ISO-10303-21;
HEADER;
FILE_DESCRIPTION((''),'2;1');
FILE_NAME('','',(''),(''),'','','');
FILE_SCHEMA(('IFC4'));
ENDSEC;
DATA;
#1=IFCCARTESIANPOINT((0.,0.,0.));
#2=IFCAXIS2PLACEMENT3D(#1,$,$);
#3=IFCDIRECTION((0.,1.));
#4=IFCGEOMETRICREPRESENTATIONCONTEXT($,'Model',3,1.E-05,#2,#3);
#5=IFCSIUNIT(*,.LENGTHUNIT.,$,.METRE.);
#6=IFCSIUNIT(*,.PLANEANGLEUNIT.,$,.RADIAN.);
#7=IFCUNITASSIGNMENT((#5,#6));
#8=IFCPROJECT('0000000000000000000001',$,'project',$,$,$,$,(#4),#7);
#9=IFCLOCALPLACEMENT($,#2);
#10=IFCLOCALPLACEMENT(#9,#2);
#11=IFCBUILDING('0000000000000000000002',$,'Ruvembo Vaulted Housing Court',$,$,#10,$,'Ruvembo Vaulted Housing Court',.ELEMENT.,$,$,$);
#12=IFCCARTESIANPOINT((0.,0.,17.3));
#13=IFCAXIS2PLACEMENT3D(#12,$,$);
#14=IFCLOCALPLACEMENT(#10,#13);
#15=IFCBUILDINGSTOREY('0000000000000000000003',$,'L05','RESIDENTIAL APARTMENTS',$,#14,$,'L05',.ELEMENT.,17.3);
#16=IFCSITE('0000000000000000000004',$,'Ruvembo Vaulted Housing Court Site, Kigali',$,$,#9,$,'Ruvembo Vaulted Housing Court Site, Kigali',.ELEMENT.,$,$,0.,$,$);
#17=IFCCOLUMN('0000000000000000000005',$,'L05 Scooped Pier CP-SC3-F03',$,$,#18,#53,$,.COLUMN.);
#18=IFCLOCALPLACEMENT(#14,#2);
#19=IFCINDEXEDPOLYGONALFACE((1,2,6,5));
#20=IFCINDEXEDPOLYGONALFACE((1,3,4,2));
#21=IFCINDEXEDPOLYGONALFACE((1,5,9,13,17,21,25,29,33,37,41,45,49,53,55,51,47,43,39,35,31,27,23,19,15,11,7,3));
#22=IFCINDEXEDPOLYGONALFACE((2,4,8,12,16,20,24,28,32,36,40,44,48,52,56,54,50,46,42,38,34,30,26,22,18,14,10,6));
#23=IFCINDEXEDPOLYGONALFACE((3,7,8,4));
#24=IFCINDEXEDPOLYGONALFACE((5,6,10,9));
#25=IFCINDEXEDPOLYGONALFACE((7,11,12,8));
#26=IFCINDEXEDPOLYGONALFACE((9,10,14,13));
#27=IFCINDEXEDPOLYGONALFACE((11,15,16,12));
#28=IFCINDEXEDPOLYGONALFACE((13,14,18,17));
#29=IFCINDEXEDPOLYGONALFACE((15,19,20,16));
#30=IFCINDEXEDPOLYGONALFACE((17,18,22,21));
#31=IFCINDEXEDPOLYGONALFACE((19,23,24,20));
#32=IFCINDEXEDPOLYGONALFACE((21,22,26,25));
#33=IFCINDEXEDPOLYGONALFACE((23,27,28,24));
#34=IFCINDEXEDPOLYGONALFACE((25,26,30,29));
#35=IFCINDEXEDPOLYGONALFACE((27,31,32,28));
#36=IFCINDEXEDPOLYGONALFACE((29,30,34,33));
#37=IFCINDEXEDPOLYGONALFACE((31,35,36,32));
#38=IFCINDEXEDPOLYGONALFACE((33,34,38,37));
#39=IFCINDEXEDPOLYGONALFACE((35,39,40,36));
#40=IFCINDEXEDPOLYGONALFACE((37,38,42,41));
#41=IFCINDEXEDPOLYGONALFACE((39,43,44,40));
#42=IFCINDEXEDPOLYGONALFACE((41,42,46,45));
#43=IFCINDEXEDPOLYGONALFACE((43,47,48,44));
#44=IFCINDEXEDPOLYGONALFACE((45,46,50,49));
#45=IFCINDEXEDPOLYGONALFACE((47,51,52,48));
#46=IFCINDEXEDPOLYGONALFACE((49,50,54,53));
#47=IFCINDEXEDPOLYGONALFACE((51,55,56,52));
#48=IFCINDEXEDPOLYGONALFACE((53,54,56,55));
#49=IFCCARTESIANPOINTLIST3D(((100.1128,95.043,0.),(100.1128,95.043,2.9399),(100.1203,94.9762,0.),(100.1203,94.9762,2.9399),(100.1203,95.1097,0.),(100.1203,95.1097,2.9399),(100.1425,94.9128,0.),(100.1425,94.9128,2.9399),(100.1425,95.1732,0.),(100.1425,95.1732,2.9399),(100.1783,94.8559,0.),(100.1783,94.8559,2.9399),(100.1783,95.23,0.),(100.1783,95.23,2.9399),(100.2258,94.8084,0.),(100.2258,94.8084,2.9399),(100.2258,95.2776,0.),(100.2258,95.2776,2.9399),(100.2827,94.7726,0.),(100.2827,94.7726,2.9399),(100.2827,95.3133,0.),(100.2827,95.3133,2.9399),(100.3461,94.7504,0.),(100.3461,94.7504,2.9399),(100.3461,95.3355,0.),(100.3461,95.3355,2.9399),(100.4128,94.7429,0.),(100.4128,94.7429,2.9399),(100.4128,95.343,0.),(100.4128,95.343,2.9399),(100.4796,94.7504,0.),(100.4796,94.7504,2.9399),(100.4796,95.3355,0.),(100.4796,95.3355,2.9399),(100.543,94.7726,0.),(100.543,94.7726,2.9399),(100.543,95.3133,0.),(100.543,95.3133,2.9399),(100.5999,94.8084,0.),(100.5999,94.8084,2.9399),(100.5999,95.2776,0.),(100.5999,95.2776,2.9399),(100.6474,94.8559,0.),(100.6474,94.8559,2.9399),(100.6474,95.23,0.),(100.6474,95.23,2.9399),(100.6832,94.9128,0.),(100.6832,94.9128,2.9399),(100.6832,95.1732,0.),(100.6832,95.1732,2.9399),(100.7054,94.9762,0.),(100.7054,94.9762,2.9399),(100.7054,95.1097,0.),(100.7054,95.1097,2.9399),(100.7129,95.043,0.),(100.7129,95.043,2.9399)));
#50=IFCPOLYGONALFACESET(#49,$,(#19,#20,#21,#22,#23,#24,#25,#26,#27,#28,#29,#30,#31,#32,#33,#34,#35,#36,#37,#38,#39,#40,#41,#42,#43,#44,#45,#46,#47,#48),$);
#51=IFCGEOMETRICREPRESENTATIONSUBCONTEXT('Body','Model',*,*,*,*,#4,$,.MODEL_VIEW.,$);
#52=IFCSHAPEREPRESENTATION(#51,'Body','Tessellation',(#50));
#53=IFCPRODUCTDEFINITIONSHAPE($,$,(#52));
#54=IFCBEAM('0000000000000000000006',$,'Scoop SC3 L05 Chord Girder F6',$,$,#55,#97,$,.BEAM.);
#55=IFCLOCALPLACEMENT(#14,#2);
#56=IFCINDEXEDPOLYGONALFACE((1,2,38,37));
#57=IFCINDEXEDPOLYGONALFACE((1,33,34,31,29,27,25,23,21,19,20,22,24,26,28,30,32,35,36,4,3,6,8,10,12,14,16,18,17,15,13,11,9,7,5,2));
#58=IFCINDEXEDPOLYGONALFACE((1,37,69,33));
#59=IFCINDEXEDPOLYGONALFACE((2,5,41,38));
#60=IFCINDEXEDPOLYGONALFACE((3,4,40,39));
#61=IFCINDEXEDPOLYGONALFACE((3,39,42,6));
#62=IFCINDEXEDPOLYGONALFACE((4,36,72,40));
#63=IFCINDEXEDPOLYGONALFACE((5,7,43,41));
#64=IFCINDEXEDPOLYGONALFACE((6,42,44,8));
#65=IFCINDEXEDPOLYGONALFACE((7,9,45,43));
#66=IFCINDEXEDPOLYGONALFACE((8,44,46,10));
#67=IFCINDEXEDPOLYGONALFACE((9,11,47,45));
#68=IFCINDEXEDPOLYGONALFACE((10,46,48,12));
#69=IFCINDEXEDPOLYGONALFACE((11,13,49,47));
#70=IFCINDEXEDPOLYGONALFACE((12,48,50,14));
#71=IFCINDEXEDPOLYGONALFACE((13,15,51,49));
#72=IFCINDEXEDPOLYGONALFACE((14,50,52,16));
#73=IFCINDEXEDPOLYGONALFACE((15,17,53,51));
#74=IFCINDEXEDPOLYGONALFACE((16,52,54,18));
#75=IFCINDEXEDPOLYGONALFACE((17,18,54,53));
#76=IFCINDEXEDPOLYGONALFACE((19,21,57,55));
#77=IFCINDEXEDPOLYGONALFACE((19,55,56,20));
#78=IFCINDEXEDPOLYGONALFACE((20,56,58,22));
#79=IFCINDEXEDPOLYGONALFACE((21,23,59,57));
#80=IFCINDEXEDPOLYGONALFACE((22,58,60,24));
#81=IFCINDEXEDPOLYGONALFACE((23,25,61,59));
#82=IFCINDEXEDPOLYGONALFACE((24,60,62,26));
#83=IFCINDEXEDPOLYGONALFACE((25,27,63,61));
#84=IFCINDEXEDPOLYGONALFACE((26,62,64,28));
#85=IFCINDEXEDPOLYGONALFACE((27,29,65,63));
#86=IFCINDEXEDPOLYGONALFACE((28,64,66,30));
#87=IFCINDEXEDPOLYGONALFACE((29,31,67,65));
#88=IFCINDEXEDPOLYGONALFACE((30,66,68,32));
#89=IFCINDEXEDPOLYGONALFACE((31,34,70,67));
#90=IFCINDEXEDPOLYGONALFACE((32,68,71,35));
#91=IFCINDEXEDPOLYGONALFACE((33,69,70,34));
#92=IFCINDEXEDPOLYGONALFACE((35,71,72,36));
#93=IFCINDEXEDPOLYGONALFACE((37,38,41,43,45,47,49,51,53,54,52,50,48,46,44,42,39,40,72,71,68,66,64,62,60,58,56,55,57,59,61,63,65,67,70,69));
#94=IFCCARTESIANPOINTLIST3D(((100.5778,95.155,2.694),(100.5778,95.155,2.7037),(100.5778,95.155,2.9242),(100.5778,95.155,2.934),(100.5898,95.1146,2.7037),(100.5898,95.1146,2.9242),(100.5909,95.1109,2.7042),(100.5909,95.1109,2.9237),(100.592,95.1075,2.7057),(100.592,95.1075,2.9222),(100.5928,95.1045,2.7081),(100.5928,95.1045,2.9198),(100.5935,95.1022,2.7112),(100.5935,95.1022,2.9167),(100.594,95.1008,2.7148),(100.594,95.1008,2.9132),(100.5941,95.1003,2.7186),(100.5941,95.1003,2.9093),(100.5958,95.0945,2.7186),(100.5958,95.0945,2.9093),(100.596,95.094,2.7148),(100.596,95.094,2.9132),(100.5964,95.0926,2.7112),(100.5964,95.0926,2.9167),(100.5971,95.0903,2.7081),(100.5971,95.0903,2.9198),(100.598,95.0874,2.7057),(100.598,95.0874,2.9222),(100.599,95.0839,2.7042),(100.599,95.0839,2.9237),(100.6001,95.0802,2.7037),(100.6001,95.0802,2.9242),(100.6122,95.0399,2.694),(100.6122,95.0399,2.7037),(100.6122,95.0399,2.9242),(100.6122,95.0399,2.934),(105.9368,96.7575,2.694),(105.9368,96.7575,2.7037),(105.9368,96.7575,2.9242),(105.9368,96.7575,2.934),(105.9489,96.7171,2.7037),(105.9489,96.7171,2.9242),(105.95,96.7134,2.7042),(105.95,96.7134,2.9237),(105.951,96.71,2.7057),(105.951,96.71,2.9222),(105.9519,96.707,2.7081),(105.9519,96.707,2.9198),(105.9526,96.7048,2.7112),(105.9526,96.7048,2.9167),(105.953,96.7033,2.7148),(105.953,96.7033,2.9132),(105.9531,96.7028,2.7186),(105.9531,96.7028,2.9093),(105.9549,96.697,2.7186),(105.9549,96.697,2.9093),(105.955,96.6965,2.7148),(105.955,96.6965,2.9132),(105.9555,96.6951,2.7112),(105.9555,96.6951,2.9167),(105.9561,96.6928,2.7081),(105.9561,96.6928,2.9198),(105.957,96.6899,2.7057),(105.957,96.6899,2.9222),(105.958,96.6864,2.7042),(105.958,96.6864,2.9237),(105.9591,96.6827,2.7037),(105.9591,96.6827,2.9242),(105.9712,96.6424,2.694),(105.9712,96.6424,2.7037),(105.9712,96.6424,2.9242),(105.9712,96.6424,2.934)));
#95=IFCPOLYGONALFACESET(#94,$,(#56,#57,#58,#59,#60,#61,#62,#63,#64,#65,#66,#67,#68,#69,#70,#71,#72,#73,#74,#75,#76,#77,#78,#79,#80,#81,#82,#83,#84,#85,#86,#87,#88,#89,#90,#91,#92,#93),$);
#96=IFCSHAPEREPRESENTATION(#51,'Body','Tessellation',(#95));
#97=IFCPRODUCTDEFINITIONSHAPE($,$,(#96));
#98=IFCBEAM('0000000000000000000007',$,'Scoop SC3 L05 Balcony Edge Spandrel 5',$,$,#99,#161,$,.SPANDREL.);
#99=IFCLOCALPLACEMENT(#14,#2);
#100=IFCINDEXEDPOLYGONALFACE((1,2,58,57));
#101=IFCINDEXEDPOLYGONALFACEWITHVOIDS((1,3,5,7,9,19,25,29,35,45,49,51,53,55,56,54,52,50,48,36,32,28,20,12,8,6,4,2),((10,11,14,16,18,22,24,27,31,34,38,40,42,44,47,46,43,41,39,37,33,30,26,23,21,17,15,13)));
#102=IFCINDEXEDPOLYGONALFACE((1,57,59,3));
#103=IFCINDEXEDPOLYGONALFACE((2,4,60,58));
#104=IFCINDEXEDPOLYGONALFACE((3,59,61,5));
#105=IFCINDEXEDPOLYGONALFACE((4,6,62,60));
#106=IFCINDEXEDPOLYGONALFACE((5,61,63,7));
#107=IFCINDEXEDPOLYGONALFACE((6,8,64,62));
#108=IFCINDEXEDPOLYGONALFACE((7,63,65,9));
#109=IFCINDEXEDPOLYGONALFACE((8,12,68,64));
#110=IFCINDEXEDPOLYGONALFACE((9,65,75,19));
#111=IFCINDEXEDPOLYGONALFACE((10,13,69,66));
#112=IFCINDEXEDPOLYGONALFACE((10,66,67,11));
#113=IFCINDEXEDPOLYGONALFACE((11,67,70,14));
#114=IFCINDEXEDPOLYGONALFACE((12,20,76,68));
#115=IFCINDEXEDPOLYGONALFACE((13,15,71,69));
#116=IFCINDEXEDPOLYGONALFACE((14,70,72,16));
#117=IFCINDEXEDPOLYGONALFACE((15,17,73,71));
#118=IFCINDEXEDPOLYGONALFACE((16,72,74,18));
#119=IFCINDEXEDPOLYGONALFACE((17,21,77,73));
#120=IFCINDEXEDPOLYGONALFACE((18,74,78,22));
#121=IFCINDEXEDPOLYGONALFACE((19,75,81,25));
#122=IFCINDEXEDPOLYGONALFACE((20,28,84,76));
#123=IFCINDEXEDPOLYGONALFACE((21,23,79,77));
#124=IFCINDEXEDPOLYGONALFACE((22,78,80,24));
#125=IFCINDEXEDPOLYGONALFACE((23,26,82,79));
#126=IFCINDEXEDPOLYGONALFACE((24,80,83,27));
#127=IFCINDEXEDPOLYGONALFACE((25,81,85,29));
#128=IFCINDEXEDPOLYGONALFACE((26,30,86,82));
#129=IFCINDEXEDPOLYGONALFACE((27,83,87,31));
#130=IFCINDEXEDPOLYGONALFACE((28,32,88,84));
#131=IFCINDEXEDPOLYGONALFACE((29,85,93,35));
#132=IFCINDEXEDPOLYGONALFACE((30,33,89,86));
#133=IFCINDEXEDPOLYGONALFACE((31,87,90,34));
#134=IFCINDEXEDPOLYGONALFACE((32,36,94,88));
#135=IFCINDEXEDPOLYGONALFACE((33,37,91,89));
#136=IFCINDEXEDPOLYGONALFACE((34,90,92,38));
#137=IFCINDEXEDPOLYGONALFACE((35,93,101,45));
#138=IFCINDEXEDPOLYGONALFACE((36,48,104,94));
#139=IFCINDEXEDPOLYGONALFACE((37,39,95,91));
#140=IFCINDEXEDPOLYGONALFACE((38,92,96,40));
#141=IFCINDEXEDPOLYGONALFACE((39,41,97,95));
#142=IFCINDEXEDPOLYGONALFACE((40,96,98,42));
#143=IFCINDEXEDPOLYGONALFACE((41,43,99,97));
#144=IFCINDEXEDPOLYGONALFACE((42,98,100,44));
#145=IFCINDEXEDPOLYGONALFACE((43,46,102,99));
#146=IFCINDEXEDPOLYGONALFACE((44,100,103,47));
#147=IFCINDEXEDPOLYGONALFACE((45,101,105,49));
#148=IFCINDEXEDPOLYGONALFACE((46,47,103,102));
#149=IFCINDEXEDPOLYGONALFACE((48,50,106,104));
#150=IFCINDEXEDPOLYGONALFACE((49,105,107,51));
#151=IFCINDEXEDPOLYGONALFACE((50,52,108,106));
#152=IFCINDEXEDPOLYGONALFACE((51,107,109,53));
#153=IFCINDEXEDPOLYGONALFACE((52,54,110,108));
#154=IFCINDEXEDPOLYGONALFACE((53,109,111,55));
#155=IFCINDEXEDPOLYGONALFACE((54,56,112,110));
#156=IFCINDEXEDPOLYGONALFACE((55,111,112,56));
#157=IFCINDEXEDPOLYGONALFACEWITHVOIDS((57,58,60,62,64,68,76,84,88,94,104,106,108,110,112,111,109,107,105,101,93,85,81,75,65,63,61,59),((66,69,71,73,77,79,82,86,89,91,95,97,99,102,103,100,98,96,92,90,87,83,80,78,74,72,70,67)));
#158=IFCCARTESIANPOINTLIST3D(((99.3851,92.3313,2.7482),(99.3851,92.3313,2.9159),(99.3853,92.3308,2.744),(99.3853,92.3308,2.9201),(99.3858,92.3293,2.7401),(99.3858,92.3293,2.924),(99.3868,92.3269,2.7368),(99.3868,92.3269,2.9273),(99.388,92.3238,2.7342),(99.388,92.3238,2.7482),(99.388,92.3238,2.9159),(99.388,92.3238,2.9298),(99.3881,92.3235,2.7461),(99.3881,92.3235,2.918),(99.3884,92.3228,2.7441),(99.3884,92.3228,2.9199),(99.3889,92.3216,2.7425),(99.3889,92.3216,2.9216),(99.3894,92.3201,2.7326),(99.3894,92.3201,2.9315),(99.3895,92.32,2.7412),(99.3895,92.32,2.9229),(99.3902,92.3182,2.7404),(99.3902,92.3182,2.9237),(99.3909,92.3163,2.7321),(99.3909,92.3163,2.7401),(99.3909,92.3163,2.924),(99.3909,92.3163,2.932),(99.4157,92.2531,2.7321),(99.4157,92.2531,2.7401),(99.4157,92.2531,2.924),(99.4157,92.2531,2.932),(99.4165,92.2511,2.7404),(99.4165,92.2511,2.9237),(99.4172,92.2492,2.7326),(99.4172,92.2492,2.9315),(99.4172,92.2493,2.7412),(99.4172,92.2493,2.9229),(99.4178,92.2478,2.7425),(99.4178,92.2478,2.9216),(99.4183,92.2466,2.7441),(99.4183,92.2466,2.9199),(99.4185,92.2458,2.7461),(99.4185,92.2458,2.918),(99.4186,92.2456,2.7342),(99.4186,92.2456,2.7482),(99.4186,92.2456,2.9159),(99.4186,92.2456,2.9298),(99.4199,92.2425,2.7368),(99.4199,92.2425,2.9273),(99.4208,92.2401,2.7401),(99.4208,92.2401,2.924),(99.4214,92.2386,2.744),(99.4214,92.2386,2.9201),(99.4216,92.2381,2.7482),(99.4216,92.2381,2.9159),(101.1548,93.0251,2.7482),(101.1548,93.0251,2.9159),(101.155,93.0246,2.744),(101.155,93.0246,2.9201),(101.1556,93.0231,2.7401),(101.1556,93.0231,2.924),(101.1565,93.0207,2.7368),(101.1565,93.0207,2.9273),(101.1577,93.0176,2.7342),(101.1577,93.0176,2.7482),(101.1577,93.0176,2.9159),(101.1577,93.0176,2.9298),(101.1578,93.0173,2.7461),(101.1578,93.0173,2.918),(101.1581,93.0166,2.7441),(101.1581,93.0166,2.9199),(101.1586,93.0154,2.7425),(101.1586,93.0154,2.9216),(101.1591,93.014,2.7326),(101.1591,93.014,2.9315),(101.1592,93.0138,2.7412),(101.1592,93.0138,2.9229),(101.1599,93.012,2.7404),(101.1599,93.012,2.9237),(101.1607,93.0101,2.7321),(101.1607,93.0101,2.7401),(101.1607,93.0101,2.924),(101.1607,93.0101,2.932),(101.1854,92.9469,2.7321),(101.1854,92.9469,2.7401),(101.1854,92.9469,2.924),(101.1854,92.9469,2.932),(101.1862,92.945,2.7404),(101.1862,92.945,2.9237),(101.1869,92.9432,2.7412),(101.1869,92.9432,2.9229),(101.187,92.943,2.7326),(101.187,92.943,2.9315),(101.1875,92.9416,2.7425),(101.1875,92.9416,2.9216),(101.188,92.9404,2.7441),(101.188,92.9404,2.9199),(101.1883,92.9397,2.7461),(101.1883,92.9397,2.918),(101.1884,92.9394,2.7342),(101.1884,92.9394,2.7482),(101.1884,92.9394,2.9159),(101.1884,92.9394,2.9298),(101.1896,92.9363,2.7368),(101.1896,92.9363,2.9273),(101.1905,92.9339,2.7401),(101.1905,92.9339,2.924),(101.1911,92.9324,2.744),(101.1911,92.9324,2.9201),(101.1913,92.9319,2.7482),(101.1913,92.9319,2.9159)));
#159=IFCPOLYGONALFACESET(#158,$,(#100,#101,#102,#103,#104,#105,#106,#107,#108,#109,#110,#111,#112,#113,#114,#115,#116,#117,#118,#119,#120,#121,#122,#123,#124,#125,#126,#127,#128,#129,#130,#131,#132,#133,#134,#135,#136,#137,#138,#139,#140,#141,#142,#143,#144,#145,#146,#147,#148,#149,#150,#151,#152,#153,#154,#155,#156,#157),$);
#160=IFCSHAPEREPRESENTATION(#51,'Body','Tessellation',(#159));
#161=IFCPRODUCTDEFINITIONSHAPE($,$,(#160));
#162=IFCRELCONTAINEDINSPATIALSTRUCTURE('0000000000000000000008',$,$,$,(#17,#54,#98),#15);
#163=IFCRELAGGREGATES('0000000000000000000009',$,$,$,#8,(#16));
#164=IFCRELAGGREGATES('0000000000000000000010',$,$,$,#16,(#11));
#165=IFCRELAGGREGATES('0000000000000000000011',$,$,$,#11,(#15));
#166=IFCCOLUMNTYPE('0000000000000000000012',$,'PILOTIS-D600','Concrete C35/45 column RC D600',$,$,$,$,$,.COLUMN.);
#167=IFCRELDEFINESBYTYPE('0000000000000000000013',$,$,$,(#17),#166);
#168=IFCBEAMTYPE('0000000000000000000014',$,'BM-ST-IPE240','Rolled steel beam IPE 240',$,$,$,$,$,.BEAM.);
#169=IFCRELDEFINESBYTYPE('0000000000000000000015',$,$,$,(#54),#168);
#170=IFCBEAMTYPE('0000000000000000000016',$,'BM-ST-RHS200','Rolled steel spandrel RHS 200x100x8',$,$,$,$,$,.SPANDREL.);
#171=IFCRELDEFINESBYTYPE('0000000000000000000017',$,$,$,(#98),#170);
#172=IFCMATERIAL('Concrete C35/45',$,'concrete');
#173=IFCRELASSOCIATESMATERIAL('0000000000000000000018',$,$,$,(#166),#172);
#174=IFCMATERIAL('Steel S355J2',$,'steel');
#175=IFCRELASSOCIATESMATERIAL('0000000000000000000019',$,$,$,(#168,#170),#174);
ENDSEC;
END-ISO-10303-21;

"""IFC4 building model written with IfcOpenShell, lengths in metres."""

from ifc_helpers import new_model, si_unit, direction, frame, origin, origin_2d, place, context, subcontext, project, spatial, hollow_rectangle, circle, i_section, extrude, material, material_profile, profile_set, type_object, element, save


model = new_model("IFC4")

# Units and contexts
model_context = context("Model", 3, precision=1e-05, world=origin(), true_north=direction((0.0, 1.0)))
body_context = subcontext(model_context, "Body", "Model", "MODEL_VIEW")
ifc_project = project(units=[si_unit("LENGTHUNIT", "METRE"), si_unit("PLANEANGLEUNIT", "RADIAN")], contexts=[model_context])

# Site, building, storey
site_placement = place(None, origin())
site = spatial("IfcSite", under=ifc_project, at=site_placement, Name="Ruvembo Vaulted Housing Court Site, Kigali", LongName="Ruvembo Vaulted Housing Court Site, Kigali", CompositionType="ELEMENT", RefElevation=0.0)
building_placement = place(site_placement, origin())
building = spatial("IfcBuilding", under=site, at=building_placement, Name="Ruvembo Vaulted Housing Court", LongName="Ruvembo Vaulted Housing Court", CompositionType="ELEMENT")
storey_placement = place(building_placement, frame((0.0, 0.0, 17.3)))
storey = spatial("IfcBuildingStorey", under=building, at=storey_placement, Name="L05", Description="RESIDENTIAL APARTMENTS", LongName="L05", CompositionType="ELEMENT", Elevation=17.3)

# Column
ifc_material_1 = material(Name="Concrete C35/45", Category="concrete")
ifc_material_profile_1 = material_profile(ifc_material_1, circle(Radius=0.3, at=origin_2d()), Name="RC D600")
ifc_profile_set_1 = profile_set([ifc_material_profile_1], Name="Concrete C35/45")
column_type = type_object("IfcColumnType", Name="PILOTIS-D600", Description="Concrete C35/45 column RC D600", PredefinedType="COLUMN", material=ifc_profile_set_1)
column_placement = place(storey_placement, frame((100.4128, 95.043, 0.0), z_axis=(0.0, 0.0, 1.0), x_axis=(1.0, 0.0, 0.0)))
element("IfcColumn", 1, at=column_placement, inside=storey, type_object=column_type, Name="L05 Scooped Pier CP-SC3-F03", PredefinedType="COLUMN", context=body_context, shape_type="SweptSolid", body=[
    extrude(circle(Radius=0.3, at=origin_2d()), origin(), (0.0, 0.0, 1.0), 2.9399),
])

# Beams
ifc_material_2 = material(Name="Steel S355J2", Category="steel")
ifc_material_profile_2 = material_profile(ifc_material_2, i_section(OverallWidth=0.1201, OverallDepth=0.24, WebThickness=0.0061, FlangeThickness=0.0098, FilletRadius=0.0149, at=origin_2d()), Name="IPE 240")
ifc_profile_set_2 = profile_set([ifc_material_profile_2], Name="Steel S355J2")
beam_type_1 = type_object("IfcBeamType", Name="BM-ST-IPE240", Description="Rolled steel beam IPE 240", PredefinedType="BEAM", material=ifc_profile_set_2)
beam_1_placement = place(storey_placement, frame((100.595, 95.0974, 2.814), z_axis=(0.958082, 0.286495, 0.0), x_axis=(-0.286495, 0.958082, 0.0)))
element("IfcBeam", 2, at=beam_1_placement, inside=storey, type_object=beam_type_1, Name="Scoop SC3 L05 Chord Girder F6", PredefinedType="BEAM", context=body_context, shape_type="SweptSolid", body=[
    extrude(i_section(OverallWidth=0.1201, OverallDepth=0.24, WebThickness=0.0061, FlangeThickness=0.0098, FilletRadius=0.0149, at=origin_2d()), origin(), (0.0, 0.0, 1.0), 5.5935),
])
ifc_material_profile_3 = material_profile(ifc_material_2, hollow_rectangle(XDim=0.1001, YDim=0.2, WallThickness=0.0081, InnerFilletRadius=0.0081, OuterFilletRadius=0.0161, at=origin_2d()), Name="RHS 200x100x8")
ifc_profile_set_3 = profile_set([ifc_material_profile_3], Name="Steel S355J2")
beam_type_2 = type_object("IfcBeamType", Name="BM-ST-RHS200", Description="Rolled steel spandrel RHS 200x100x8", PredefinedType="SPANDREL", material=ifc_profile_set_3)
beam_2_placement = place(storey_placement, frame((99.4033, 92.2847, 2.832), z_axis=(0.931006, 0.365005, 0.0), x_axis=(-0.365005, 0.931006, 0.0)))
element("IfcBeam", 3, at=beam_2_placement, inside=storey, type_object=beam_type_2, Name="Scoop SC3 L05 Balcony Edge Spandrel 5", PredefinedType="SPANDREL", context=body_context, shape_type="SweptSolid", body=[
    extrude(hollow_rectangle(XDim=0.1001, YDim=0.2, WallThickness=0.0081, InnerFilletRadius=0.0081, OuterFilletRadius=0.0161, at=origin_2d()), origin(), (0.0, 0.0, 1.0), 1.9009),
])

save(model, "model.ifc")
